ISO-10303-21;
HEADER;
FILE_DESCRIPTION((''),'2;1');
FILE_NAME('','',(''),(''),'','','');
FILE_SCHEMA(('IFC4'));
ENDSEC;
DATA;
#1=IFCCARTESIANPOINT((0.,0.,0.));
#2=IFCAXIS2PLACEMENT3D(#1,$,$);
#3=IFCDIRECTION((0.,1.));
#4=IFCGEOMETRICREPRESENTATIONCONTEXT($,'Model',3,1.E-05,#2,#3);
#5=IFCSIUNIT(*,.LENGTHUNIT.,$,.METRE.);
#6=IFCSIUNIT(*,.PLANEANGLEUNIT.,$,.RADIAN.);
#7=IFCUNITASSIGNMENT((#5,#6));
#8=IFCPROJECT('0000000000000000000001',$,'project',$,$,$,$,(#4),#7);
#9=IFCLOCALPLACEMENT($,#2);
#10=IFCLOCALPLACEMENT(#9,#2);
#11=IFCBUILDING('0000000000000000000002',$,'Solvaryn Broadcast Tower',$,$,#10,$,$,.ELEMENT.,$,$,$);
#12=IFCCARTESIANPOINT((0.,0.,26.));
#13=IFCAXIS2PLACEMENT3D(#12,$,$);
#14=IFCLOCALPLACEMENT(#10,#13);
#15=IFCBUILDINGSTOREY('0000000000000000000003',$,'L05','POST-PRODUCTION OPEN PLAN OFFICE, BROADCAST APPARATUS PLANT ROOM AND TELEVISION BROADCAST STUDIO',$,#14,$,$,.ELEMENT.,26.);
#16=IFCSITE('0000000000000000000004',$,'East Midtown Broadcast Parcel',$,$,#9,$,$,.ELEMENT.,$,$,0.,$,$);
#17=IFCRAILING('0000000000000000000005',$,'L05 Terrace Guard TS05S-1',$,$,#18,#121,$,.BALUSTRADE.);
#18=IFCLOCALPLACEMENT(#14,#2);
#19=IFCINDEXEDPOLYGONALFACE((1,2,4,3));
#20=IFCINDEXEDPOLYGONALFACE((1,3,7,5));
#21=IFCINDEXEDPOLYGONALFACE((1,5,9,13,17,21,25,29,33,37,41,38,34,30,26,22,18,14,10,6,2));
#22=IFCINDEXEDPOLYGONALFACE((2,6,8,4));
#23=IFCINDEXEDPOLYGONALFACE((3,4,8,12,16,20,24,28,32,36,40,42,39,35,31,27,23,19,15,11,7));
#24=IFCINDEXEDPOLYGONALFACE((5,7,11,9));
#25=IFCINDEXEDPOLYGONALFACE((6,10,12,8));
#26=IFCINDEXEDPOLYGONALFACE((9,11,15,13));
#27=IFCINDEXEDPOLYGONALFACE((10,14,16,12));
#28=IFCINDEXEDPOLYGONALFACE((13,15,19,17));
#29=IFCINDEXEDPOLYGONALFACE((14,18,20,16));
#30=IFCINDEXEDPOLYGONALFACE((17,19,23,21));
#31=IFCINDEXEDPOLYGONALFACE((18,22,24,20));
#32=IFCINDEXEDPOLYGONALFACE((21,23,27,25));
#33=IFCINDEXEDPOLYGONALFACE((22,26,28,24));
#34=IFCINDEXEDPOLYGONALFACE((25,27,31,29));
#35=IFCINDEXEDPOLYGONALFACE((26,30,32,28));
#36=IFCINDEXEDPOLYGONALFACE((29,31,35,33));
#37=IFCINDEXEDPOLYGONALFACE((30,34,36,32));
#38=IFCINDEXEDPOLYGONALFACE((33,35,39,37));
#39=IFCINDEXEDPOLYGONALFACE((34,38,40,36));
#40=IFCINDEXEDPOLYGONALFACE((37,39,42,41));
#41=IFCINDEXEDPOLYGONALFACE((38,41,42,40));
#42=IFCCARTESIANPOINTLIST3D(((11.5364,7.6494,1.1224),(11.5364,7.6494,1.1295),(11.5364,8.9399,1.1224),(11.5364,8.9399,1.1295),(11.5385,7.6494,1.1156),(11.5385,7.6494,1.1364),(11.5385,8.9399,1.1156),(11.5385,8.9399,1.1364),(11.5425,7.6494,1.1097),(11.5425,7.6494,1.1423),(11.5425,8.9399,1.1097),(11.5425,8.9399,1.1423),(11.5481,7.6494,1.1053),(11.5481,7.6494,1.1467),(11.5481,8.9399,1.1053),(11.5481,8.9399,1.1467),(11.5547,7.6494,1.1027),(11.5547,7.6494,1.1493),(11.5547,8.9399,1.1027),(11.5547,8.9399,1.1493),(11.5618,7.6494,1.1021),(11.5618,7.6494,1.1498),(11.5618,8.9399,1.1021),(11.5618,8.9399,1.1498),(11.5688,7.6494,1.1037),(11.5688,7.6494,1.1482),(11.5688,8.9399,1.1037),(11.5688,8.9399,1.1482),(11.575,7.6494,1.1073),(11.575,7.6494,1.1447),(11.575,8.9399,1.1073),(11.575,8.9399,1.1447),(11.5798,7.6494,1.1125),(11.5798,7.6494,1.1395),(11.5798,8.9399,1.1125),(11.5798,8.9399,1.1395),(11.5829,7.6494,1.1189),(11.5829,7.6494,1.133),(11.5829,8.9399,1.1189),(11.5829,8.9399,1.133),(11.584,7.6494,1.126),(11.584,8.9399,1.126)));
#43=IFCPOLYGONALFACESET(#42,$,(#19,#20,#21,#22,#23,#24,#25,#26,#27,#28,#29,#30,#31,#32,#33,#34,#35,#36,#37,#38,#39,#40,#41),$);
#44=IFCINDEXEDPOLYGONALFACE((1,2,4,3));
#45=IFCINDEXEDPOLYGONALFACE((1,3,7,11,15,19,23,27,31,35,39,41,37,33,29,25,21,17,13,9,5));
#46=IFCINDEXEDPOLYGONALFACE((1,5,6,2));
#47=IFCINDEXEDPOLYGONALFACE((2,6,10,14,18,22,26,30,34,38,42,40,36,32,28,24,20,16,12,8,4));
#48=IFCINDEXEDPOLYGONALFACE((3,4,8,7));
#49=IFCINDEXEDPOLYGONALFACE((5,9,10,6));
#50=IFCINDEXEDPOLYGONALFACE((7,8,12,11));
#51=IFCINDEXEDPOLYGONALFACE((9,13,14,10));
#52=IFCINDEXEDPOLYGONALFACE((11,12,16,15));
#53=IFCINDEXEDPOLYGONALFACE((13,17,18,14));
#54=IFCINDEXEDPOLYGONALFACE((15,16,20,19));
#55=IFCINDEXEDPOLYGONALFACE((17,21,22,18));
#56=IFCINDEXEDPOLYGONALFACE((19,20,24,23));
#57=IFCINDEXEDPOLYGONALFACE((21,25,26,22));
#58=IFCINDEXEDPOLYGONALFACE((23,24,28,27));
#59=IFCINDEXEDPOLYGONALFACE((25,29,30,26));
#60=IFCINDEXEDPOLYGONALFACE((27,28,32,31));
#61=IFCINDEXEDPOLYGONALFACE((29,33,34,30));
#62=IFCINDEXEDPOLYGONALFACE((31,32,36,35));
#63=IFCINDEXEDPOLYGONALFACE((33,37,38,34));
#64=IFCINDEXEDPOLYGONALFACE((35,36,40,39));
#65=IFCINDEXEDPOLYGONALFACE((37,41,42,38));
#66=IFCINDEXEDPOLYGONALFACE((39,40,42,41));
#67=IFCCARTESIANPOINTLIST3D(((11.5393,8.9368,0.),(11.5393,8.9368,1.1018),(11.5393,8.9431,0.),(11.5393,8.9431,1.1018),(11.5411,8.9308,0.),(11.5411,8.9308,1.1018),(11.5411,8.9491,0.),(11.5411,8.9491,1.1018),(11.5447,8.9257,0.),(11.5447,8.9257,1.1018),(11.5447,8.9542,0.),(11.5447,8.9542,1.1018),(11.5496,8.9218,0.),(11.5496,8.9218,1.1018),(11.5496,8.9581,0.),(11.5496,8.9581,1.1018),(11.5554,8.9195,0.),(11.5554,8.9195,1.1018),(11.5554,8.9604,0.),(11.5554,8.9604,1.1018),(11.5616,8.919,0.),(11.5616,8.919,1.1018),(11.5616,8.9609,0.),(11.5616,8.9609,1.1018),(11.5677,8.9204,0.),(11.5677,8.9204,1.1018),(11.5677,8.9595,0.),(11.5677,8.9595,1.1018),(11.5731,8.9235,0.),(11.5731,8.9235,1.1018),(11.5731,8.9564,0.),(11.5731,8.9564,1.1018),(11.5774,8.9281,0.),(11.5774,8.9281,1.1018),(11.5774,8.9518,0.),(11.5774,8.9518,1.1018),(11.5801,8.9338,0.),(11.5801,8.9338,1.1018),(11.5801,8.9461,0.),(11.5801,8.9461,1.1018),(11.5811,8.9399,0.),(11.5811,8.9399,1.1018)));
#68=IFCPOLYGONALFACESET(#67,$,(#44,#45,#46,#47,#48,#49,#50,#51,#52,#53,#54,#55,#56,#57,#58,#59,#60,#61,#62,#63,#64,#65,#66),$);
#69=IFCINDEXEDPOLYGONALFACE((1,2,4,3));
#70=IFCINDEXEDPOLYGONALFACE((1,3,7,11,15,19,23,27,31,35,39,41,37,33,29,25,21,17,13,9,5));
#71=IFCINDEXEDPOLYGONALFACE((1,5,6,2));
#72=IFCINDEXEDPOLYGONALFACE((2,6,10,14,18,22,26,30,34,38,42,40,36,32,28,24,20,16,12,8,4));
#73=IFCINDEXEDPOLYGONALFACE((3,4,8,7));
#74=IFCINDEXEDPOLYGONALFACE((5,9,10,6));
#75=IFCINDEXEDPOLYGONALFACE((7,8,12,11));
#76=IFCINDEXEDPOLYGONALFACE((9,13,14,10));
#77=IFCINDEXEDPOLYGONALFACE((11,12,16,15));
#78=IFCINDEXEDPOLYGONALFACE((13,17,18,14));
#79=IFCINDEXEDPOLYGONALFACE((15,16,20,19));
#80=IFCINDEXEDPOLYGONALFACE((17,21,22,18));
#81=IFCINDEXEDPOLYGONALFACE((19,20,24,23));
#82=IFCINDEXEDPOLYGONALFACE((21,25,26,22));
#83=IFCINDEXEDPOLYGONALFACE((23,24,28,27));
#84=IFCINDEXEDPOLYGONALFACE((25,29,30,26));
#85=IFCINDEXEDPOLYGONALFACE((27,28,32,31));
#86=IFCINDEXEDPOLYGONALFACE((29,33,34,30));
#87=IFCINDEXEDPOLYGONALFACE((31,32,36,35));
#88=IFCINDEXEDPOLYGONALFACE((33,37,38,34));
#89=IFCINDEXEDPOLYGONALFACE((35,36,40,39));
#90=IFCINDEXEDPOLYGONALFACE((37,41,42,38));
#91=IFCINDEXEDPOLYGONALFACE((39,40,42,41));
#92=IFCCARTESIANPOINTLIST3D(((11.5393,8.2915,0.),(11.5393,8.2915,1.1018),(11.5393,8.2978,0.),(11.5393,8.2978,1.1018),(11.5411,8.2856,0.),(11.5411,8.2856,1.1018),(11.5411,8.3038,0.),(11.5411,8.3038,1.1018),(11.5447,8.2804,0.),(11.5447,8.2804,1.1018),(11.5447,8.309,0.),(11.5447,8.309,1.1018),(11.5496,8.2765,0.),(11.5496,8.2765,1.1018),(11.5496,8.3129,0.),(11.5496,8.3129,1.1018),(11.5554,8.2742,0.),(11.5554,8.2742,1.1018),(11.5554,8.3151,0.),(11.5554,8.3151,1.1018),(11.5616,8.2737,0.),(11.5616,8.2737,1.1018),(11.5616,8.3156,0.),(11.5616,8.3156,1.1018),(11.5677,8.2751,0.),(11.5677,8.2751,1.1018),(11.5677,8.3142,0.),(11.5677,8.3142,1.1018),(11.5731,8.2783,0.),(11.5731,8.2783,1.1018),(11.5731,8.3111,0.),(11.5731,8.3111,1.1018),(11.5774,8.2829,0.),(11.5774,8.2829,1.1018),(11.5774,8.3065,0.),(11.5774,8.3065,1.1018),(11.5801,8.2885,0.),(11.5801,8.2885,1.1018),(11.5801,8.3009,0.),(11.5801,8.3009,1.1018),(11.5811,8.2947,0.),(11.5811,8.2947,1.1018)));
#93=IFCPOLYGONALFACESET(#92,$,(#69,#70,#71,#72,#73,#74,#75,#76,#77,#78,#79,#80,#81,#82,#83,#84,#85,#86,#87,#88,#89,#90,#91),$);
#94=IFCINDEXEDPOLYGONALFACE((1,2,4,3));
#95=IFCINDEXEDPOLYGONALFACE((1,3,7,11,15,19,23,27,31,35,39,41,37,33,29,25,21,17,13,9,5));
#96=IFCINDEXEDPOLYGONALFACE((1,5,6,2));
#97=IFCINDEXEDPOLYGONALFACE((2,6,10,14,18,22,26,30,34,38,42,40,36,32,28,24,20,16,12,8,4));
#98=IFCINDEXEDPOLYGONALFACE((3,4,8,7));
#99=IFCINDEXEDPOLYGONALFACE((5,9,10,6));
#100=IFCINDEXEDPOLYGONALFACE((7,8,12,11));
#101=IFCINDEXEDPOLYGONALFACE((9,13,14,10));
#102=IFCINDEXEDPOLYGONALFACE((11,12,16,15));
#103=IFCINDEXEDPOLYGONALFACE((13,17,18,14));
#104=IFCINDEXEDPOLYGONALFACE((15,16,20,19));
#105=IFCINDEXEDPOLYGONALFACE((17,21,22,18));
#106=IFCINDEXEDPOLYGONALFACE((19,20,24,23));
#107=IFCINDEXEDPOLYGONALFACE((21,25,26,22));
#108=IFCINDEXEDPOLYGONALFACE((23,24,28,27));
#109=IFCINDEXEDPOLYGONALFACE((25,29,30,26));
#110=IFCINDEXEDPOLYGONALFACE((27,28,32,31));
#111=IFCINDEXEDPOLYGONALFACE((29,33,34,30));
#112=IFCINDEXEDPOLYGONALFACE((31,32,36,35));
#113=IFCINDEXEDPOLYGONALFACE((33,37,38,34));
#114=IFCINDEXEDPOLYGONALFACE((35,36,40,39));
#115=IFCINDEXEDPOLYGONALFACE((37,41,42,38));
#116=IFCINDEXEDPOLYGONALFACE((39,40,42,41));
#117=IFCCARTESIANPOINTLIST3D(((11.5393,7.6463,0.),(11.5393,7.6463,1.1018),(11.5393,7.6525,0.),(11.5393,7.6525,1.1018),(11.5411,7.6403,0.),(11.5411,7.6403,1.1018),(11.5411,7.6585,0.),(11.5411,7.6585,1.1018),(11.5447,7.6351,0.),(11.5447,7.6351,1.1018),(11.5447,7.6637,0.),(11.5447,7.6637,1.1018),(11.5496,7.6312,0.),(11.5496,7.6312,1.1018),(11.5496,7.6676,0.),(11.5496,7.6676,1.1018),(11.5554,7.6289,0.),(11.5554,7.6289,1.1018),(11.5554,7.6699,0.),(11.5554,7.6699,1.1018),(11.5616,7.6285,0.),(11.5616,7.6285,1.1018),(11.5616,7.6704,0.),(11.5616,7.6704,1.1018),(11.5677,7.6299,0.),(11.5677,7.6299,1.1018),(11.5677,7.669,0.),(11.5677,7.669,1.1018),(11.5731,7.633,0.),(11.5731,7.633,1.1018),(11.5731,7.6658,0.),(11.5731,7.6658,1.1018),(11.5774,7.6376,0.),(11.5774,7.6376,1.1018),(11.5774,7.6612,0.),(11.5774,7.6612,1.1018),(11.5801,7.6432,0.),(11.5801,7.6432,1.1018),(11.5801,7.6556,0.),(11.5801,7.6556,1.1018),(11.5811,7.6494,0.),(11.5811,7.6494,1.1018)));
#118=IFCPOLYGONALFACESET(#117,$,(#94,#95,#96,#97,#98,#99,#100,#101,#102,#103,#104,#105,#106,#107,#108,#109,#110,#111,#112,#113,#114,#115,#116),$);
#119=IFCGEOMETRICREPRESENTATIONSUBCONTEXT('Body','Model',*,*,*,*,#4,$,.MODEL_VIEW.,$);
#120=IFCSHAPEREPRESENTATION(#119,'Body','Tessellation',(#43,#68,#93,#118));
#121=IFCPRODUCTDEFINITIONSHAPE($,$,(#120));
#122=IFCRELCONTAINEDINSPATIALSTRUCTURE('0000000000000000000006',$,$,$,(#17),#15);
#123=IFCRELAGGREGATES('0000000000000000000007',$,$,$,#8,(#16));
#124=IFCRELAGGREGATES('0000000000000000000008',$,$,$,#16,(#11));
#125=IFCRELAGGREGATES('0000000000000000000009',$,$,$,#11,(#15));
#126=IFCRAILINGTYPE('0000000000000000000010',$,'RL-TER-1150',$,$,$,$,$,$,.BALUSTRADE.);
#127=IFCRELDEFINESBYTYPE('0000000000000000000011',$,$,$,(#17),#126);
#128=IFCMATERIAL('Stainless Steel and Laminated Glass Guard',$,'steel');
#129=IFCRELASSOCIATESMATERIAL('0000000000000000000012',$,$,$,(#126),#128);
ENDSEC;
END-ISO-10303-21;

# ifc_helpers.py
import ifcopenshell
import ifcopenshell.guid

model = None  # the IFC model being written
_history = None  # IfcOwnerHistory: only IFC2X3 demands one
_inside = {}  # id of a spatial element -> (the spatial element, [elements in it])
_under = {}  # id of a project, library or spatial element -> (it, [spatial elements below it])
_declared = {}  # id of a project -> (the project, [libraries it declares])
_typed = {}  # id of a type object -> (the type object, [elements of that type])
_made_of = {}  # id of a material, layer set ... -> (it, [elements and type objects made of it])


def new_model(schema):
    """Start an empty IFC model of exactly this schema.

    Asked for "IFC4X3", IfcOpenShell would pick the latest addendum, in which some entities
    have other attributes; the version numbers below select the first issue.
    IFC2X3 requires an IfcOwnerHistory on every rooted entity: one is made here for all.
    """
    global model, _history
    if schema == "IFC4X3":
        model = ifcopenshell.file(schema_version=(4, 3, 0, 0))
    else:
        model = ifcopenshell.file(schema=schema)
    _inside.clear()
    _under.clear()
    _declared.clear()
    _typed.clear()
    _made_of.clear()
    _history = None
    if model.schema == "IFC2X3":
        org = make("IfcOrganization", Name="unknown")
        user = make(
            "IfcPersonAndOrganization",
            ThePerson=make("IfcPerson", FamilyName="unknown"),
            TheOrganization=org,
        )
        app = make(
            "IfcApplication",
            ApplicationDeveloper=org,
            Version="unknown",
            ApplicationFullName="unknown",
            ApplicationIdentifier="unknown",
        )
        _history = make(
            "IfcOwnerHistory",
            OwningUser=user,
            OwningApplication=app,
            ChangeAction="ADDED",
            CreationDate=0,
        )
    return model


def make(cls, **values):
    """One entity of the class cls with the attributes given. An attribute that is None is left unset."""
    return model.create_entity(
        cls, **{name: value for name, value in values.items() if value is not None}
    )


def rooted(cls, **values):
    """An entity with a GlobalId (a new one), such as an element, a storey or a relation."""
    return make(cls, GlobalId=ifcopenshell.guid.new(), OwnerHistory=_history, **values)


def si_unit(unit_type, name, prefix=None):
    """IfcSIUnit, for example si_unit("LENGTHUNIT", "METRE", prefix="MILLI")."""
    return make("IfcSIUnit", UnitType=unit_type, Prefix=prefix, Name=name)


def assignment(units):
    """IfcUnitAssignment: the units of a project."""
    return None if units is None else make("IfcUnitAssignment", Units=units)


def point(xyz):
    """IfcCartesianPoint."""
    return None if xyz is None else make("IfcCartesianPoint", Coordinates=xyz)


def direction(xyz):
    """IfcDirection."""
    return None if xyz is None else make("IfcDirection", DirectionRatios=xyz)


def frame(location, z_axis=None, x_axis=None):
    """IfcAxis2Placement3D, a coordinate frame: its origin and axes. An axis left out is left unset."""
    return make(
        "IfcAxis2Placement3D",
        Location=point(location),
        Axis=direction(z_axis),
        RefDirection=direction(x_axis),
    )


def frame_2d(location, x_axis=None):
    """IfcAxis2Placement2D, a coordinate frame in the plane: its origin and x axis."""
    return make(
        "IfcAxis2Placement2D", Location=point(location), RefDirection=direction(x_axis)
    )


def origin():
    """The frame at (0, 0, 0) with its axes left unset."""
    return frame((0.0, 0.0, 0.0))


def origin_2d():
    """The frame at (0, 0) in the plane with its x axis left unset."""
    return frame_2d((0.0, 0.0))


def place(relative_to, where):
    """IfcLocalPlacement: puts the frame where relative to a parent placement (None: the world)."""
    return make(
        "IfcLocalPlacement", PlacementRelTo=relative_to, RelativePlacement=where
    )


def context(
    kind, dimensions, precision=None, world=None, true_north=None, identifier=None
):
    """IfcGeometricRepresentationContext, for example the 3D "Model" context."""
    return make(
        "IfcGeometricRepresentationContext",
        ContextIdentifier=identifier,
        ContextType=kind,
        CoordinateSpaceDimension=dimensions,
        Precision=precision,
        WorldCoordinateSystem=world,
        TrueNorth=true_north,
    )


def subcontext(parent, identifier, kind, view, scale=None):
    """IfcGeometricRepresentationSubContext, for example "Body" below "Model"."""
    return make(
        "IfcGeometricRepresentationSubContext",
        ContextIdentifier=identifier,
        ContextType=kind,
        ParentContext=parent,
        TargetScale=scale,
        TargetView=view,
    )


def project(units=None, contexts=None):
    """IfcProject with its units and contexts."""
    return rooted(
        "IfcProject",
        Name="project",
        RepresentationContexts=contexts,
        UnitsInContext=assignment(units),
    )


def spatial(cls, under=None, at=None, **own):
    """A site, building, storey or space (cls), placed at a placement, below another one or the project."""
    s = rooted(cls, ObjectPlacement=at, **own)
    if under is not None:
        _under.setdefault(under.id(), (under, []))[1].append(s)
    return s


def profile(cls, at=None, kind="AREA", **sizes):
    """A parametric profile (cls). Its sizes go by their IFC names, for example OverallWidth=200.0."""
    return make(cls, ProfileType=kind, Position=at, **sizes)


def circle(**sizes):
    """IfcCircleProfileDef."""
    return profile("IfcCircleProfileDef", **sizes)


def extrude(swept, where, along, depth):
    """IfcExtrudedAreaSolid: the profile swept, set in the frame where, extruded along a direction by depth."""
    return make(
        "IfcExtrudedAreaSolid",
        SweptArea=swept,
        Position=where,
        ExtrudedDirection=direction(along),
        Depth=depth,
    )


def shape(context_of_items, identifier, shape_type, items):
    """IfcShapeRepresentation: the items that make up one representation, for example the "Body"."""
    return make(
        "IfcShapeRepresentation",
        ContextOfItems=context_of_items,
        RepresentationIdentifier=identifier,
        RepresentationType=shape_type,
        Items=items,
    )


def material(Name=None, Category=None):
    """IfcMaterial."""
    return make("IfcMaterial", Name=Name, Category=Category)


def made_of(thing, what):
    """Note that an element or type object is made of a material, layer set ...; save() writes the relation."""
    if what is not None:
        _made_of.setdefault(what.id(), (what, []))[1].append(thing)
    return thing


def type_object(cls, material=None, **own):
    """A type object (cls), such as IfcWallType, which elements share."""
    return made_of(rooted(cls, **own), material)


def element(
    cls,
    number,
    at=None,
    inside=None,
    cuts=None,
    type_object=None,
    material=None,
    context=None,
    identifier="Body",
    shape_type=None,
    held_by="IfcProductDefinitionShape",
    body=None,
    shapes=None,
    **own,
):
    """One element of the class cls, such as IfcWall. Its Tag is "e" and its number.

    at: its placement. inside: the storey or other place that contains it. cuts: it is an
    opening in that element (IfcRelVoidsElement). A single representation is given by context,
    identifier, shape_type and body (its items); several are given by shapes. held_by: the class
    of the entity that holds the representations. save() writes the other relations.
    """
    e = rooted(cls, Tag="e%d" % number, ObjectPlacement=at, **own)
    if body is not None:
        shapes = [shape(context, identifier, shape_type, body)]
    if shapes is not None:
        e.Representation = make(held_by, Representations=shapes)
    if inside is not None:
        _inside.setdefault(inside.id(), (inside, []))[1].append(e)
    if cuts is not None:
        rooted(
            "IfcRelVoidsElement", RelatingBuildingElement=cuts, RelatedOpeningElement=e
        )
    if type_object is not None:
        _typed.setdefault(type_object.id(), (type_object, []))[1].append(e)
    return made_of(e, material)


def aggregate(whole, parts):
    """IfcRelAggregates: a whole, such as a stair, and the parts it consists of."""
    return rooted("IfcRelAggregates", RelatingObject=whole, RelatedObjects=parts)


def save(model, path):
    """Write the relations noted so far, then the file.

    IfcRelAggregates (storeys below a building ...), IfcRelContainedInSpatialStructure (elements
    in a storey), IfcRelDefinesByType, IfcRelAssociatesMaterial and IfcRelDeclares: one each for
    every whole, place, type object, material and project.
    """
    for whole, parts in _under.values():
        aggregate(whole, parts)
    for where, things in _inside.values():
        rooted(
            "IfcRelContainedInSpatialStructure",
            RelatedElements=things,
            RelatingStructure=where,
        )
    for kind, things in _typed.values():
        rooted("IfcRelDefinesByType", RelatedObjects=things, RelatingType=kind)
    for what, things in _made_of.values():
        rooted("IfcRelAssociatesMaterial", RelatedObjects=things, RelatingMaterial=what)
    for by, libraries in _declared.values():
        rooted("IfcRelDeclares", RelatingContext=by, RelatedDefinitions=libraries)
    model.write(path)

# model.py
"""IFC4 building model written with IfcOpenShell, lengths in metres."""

from ifc_helpers import new_model, si_unit, direction, frame, origin, origin_2d, place, context, subcontext, project, spatial, circle, extrude, material, type_object, element, save


model = new_model("IFC4")

# Units and contexts
model_context = context("Model", 3, precision=1e-05, world=origin(), true_north=direction((0.0, 1.0)))
body_context = subcontext(model_context, "Body", "Model", "MODEL_VIEW")
ifc_project = project(units=[si_unit("LENGTHUNIT", "METRE"), si_unit("PLANEANGLEUNIT", "RADIAN")], contexts=[model_context])

# Site, building, storey
site_placement = place(None, origin())
site = spatial("IfcSite", under=ifc_project, at=site_placement, Name="East Midtown Broadcast Parcel", CompositionType="ELEMENT", RefElevation=0.0)
building_placement = place(site_placement, origin())
building = spatial("IfcBuilding", under=site, at=building_placement, Name="Solvaryn Broadcast Tower", CompositionType="ELEMENT")
storey_placement = place(building_placement, frame((0.0, 0.0, 26.0)))
storey = spatial("IfcBuildingStorey", under=building, at=storey_placement, Name="L05", Description="POST-PRODUCTION OPEN PLAN OFFICE, BROADCAST APPARATUS PLANT ROOM AND TELEVISION BROADCAST STUDIO", CompositionType="ELEMENT", Elevation=26.0)

# Railing
ifc_material_1 = material(Name="Stainless Steel and Laminated Glass Guard", Category="steel")
railing_type = type_object("IfcRailingType", Name="RL-TER-1150", PredefinedType="BALUSTRADE", material=ifc_material_1)
railing_placement = place(storey_placement, frame((11.5601, 8.9399, 0.0)))
element("IfcRailing", 1, at=railing_placement, inside=storey, type_object=railing_type, Name="L05 Terrace Guard TS05S-1", PredefinedType="BALUSTRADE", context=body_context, shape_type="SweptSolid", body=[
    extrude(circle(Radius=0.0239, at=origin_2d()), frame((0.0, 0.0, 1.126), z_axis=(0.0, -1.0, 0.0), x_axis=(1.0, 0.0, 0.0)), (0.0, 0.0, 1.0), 1.2905),
    extrude(circle(Radius=0.021, at=origin_2d()), origin(), (0.0, 0.0, 1.0), 1.1018),
    extrude(circle(Radius=0.021, at=origin_2d()), frame((0.0, -0.6453, 0.0)), (0.0, 0.0, 1.0), 1.1018),
    extrude(circle(Radius=0.021, at=origin_2d()), frame((0.0, -1.2905, 0.0)), (0.0, 0.0, 1.0), 1.1018),
])

save(model, "model.ifc")
